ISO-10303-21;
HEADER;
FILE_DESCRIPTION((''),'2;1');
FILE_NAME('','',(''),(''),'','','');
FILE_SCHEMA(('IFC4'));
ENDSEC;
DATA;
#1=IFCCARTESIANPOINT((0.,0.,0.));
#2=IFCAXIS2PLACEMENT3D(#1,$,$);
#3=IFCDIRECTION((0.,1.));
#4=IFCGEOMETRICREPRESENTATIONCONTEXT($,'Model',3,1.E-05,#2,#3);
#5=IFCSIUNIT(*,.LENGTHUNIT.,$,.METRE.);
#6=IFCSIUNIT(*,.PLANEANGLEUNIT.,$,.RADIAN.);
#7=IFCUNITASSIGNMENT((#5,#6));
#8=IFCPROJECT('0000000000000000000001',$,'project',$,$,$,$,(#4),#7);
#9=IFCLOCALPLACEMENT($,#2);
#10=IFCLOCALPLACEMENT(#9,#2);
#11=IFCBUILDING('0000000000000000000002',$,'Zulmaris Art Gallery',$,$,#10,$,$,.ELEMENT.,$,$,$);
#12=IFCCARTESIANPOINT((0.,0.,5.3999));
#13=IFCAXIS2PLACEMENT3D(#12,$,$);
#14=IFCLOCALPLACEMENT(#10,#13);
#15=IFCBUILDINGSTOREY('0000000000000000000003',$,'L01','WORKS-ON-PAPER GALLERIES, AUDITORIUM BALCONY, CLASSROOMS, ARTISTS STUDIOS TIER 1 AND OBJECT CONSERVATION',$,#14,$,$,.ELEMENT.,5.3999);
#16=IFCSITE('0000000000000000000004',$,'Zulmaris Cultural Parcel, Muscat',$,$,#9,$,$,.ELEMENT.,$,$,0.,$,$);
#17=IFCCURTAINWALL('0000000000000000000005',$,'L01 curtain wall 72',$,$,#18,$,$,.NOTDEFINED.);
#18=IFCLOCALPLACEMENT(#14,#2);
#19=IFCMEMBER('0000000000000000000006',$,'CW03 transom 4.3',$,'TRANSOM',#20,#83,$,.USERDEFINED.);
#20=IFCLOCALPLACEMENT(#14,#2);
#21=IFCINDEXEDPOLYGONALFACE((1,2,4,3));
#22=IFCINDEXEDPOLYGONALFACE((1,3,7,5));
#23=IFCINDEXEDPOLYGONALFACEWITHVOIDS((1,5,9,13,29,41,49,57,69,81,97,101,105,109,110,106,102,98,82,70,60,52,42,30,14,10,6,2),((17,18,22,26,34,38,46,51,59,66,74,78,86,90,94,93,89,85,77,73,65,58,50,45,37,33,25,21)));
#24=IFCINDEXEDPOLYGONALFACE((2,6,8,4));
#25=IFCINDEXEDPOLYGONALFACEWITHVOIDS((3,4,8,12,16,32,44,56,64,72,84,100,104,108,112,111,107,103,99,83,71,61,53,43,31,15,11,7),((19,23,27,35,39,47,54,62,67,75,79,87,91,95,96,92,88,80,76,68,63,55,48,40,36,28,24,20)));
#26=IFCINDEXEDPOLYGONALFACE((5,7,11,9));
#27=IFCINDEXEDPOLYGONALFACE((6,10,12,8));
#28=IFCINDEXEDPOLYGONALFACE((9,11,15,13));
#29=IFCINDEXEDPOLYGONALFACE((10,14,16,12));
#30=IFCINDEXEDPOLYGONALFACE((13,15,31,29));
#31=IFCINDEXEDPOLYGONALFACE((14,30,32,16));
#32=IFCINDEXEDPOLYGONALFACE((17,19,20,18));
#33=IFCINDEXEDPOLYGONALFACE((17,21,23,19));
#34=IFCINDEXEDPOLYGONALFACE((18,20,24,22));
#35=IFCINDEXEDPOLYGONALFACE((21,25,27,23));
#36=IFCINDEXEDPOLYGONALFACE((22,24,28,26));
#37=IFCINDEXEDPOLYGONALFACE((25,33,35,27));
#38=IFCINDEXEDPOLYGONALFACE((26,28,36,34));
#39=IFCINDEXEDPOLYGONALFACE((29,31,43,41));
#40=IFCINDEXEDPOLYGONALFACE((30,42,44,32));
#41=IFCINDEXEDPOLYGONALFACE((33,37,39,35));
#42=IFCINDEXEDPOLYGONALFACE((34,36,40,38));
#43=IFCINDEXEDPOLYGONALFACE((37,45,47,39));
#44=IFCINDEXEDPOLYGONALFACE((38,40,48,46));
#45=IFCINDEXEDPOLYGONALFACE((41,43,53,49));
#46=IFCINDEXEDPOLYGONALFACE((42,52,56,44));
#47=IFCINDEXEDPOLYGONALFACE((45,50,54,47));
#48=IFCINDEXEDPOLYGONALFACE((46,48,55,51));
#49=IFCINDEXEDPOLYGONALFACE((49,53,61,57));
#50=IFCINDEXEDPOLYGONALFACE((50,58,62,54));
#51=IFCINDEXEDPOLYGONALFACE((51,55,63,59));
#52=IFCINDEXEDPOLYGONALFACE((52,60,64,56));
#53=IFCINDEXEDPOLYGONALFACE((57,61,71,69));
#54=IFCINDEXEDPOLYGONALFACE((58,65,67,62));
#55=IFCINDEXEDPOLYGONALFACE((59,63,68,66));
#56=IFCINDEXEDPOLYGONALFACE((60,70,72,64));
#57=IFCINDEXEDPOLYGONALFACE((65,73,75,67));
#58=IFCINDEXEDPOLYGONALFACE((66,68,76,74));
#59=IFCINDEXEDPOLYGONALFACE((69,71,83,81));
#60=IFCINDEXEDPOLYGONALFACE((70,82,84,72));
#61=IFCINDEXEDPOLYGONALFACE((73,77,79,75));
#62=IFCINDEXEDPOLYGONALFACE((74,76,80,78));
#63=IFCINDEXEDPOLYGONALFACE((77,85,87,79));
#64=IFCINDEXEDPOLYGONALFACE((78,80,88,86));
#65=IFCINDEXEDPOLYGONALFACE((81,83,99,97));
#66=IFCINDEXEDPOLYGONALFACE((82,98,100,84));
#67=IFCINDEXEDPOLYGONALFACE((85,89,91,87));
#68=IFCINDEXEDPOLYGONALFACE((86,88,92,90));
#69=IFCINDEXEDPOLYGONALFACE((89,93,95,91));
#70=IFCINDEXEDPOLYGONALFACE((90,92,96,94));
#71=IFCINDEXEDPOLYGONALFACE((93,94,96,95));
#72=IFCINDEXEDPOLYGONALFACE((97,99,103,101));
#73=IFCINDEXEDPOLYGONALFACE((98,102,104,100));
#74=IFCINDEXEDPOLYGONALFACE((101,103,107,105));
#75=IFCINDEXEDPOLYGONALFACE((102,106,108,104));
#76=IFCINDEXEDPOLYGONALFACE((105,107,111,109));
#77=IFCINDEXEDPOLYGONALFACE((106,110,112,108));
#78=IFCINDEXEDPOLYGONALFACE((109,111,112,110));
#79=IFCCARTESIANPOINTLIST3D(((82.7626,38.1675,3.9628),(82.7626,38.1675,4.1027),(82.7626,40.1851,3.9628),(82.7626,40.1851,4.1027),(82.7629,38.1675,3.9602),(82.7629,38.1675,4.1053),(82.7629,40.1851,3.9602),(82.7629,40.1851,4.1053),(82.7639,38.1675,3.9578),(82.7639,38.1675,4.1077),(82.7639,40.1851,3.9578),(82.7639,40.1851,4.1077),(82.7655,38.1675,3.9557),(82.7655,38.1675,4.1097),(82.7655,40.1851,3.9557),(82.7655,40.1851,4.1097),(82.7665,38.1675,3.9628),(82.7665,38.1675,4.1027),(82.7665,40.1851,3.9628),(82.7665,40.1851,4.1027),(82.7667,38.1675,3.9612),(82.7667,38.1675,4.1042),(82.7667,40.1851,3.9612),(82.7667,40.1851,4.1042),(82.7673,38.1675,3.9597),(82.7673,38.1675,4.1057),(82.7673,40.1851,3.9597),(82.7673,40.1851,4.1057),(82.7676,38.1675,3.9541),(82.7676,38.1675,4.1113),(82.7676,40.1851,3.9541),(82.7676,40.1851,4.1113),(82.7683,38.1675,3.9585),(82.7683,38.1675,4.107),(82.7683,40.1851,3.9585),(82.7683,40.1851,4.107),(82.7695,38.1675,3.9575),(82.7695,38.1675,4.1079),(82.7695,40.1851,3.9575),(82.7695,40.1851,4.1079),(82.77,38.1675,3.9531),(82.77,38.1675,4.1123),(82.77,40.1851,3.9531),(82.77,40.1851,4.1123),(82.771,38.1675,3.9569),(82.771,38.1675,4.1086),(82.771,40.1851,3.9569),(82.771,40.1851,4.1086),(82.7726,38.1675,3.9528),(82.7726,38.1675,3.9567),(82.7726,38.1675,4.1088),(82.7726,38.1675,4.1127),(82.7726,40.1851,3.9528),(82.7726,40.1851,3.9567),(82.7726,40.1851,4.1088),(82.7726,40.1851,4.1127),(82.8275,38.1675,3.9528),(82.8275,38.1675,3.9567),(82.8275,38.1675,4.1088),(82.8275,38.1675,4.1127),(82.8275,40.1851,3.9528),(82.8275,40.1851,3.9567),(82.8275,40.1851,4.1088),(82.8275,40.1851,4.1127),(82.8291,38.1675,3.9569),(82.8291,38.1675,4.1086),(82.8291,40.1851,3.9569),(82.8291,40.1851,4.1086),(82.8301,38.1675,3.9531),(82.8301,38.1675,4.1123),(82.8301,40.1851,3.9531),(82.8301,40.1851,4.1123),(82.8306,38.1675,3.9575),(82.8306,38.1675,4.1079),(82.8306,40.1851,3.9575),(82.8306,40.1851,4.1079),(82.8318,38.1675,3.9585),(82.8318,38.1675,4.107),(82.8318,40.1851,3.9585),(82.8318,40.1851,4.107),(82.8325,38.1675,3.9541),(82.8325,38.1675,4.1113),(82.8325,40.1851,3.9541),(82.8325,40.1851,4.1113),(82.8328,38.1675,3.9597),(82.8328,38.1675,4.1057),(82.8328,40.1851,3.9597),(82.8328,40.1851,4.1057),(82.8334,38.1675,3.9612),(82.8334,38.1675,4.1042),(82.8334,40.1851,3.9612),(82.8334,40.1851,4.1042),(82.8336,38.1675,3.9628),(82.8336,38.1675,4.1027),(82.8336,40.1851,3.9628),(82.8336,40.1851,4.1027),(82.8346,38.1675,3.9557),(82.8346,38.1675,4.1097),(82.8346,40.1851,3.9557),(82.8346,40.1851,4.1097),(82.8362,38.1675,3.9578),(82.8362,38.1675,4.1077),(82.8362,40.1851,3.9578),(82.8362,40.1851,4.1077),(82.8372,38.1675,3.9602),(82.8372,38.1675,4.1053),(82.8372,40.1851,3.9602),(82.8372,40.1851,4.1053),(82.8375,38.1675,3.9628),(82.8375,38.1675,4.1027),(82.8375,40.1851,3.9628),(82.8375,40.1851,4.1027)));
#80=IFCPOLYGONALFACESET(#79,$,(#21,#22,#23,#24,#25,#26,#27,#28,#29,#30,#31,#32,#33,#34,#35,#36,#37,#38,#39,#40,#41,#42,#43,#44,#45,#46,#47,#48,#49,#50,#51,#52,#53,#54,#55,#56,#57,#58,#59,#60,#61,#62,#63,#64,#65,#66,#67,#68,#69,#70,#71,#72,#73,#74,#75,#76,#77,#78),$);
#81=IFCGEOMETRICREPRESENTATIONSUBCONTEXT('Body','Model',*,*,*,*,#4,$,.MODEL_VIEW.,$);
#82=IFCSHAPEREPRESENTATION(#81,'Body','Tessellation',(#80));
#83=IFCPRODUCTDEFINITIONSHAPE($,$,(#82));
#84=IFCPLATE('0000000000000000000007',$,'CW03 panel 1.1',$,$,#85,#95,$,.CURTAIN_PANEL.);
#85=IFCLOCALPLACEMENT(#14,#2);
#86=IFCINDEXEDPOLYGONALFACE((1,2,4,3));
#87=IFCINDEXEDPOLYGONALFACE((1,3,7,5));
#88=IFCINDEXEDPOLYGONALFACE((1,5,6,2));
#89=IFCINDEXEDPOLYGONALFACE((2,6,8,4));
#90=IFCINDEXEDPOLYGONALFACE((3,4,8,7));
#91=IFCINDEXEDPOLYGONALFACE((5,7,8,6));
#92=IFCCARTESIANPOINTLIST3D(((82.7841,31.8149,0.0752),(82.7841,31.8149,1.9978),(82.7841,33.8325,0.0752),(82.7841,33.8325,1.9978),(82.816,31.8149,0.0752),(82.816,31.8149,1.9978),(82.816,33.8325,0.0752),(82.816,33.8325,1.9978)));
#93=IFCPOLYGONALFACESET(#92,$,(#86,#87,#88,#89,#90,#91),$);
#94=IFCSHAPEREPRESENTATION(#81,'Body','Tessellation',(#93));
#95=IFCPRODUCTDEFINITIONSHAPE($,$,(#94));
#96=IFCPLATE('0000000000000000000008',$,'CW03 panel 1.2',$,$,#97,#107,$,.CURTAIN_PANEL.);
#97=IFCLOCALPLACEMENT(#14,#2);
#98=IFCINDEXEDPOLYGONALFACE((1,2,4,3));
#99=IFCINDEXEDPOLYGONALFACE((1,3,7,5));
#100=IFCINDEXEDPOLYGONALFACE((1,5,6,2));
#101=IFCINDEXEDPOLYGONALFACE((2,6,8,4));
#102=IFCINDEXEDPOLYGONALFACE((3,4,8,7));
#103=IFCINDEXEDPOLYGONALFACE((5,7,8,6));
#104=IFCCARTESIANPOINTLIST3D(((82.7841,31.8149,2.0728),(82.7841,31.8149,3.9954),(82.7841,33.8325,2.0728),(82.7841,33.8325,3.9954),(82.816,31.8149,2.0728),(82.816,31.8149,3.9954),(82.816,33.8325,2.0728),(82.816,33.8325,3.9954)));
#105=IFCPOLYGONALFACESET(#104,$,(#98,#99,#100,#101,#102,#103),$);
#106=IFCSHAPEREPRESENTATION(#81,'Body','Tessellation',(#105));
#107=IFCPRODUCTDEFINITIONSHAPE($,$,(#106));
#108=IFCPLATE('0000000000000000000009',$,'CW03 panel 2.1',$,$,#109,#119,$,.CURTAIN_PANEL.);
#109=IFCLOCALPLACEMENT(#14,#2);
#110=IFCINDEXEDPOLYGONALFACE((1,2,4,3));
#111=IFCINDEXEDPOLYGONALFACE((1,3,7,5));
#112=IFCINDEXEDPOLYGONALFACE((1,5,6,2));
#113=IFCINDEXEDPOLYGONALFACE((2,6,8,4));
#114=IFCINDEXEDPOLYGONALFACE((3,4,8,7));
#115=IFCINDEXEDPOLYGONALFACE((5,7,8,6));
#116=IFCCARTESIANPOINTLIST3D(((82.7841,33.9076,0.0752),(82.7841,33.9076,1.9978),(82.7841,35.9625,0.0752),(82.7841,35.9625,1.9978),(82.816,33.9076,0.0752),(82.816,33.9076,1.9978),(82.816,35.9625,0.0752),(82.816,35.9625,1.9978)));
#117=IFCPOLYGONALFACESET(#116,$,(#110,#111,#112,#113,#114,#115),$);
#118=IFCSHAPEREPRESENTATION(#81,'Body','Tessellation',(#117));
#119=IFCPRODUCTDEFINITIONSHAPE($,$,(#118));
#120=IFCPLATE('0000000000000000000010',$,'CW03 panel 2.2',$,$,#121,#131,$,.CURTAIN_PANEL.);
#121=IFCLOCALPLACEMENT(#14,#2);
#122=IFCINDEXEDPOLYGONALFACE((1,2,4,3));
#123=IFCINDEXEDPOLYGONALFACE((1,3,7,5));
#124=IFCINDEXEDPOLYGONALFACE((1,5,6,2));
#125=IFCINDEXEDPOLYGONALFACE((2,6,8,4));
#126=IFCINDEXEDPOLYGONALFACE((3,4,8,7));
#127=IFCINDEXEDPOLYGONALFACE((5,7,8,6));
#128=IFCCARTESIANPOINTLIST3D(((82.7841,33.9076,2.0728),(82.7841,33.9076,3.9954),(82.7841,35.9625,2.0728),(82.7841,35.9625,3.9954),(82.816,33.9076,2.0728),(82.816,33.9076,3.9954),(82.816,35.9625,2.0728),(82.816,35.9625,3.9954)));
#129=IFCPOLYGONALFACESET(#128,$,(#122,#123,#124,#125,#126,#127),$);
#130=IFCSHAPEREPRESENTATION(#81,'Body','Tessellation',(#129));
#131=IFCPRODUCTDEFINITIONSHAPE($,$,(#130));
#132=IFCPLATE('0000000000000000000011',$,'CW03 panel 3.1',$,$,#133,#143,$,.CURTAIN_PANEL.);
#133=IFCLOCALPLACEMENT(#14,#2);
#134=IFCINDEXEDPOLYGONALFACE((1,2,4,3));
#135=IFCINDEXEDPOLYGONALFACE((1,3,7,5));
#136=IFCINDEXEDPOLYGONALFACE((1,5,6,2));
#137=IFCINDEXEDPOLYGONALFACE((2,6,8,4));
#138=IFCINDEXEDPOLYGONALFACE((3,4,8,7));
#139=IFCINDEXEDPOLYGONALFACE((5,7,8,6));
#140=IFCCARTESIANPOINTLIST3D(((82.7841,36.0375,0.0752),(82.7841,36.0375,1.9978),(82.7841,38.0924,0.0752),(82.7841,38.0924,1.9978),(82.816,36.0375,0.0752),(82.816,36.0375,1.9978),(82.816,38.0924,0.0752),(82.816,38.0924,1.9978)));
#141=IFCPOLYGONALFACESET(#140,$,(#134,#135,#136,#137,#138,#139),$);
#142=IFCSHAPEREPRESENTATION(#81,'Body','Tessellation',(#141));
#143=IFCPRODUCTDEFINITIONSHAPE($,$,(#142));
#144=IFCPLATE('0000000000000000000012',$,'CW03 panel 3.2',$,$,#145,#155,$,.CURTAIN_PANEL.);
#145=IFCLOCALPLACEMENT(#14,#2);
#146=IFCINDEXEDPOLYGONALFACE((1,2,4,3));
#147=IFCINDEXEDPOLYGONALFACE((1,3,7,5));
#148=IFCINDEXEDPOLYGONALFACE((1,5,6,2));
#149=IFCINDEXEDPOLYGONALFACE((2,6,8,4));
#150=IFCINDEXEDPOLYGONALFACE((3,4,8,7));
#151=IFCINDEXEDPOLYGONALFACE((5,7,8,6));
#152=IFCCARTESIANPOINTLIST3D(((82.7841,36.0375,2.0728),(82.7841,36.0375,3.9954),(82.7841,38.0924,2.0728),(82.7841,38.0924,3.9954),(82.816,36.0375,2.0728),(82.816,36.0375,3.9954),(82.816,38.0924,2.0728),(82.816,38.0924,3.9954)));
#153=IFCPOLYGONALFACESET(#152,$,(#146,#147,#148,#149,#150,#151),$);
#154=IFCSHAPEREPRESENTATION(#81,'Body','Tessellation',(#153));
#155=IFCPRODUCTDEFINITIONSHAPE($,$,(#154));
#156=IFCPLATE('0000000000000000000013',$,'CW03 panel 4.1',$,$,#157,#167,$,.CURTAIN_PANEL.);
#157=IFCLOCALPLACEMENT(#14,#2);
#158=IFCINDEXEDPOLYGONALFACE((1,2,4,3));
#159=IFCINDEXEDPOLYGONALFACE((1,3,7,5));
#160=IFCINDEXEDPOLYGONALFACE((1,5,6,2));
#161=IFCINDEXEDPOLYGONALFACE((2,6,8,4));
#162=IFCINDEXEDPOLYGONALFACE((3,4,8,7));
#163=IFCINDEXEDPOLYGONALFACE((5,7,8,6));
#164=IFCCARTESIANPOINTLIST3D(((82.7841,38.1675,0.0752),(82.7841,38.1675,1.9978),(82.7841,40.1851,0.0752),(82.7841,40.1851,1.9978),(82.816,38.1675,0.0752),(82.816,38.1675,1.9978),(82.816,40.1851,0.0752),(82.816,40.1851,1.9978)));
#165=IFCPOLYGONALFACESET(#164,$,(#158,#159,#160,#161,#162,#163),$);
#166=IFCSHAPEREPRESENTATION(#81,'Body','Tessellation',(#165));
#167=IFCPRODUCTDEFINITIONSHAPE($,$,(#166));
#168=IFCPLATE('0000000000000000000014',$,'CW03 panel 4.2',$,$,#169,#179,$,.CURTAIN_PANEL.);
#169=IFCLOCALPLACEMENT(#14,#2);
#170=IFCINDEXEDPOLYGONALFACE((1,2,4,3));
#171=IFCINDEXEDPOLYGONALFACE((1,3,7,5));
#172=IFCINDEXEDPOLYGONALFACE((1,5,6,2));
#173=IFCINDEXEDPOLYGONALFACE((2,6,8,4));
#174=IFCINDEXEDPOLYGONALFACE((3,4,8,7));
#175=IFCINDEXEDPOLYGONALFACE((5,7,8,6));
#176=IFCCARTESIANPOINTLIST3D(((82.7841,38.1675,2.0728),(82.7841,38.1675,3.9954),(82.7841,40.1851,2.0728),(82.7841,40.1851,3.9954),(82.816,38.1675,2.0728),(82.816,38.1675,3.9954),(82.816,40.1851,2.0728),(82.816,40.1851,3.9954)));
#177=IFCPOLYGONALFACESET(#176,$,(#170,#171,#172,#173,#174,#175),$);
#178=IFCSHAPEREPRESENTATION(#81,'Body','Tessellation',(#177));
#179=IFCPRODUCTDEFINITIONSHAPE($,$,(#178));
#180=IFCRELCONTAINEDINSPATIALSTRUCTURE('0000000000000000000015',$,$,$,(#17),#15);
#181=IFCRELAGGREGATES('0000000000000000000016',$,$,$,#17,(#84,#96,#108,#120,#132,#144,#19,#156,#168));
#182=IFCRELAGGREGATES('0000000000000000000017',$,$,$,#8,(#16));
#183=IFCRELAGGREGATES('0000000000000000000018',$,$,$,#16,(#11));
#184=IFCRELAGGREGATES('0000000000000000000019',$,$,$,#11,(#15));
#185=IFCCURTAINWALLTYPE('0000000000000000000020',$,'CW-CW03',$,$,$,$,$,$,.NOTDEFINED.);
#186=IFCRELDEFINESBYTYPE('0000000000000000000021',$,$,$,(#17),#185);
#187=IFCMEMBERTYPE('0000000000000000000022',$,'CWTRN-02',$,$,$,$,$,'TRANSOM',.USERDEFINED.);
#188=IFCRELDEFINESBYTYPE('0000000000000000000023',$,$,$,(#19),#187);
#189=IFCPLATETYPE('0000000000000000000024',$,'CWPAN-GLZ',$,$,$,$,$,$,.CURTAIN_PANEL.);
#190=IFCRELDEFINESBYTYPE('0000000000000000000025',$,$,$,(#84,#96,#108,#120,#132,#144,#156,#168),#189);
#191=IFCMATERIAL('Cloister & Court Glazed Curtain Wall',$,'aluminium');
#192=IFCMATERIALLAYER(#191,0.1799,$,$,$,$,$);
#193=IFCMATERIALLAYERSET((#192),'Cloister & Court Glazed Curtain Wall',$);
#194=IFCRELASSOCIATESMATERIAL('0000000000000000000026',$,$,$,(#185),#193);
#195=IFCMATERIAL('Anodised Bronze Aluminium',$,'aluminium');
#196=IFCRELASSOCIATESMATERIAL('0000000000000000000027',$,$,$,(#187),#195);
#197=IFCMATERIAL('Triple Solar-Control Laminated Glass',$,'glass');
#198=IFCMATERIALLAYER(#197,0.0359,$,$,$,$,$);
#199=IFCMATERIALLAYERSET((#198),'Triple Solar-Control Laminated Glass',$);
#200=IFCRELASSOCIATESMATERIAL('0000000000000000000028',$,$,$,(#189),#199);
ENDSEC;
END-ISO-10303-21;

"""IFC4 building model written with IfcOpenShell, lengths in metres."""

from ifc_helpers import new_model, si_unit, direction, frame, origin, origin_2d, place, context, subcontext, project, spatial, rectangle, hollow_rectangle, extrude, material, layer, layer_set, material_profile, profile_set, type_object, element, aggregate, save


model = new_model("IFC4")

# Units and contexts
model_context = context("Model", 3, precision=1e-05, world=origin(), true_north=direction((0.0, 1.0)))
body_context = subcontext(model_context, "Body", "Model", "MODEL_VIEW")
ifc_project = project(units=[si_unit("LENGTHUNIT", "METRE"), si_unit("PLANEANGLEUNIT", "RADIAN")], contexts=[model_context])

# Site, building, storey
site_placement = place(None, origin())
site = spatial("IfcSite", under=ifc_project, at=site_placement, Name="Zulmaris Cultural Parcel, Muscat", CompositionType="ELEMENT", RefElevation=0.0)
building_placement = place(site_placement, origin())
building = spatial("IfcBuilding", under=site, at=building_placement, Name="Zulmaris Art Gallery", CompositionType="ELEMENT")
storey_placement = place(building_placement, frame((0.0, 0.0, 5.3999)))
storey = spatial("IfcBuildingStorey", under=building, at=storey_placement, Name="L01", Description="WORKS-ON-PAPER GALLERIES, AUDITORIUM BALCONY, CLASSROOMS, ARTISTS STUDIOS TIER 1 AND OBJECT CONSERVATION", CompositionType="ELEMENT", Elevation=5.3999)

# Curtain wall, member, plates
ifc_material_1 = material(Name="Cloister & Court Glazed Curtain Wall", Category="aluminium")
ifc_layer_1 = layer(ifc_material_1, 0.1799)
ifc_layer_set_1 = layer_set([ifc_layer_1], Name="Cloister & Court Glazed Curtain Wall")
curtain_wall_type = type_object("IfcCurtainWallType", Name="CW-CW03", PredefinedType="NOTDEFINED", material=ifc_layer_set_1)
curtain_wall_placement = place(storey_placement, origin())
curtain_wall = element("IfcCurtainWall", 1, at=curtain_wall_placement, inside=storey, type_object=curtain_wall_type, Name="L01 curtain wall 72", PredefinedType="NOTDEFINED")
ifc_material_2 = material(Name="Anodised Bronze Aluminium", Category="aluminium")
ifc_material_profile_1 = material_profile(ifc_material_2, hollow_rectangle(XDim=0.075, YDim=0.1599, WallThickness=0.0039, InnerFilletRadius=0.0061, OuterFilletRadius=0.01, at=origin_2d()), Name="ALU 75x160x4")
ifc_profile_set_1 = profile_set([ifc_material_profile_1], Name="Anodised Bronze Aluminium")
member_type_1 = type_object("IfcMemberType", Name="CWTRN-02", ElementType="TRANSOM", PredefinedType="USERDEFINED", material=ifc_profile_set_1)
member_1_placement = place(storey_placement, frame((82.8, 38.1675, 4.0327), z_axis=(0.0, 1.0, 0.0), x_axis=(-1.0, 0.0, 0.0)))
member_1 = element("IfcMember", 2, at=member_1_placement, type_object=member_type_1, Name="CW03 transom 4.3", ObjectType="TRANSOM", PredefinedType="USERDEFINED", context=body_context, shape_type="SweptSolid", body=[
    extrude(hollow_rectangle(XDim=0.075, YDim=0.1599, WallThickness=0.0039, InnerFilletRadius=0.0061, OuterFilletRadius=0.01, at=origin_2d()), origin(), (0.0, 0.0, 1.0), 2.0176),
])
ifc_material_3 = material(Name="Triple Solar-Control Laminated Glass", Category="glass")
ifc_layer_2 = layer(ifc_material_3, 0.0359)
ifc_layer_set_2 = layer_set([ifc_layer_2], Name="Triple Solar-Control Laminated Glass")
plate_type = type_object("IfcPlateType", Name="CWPAN-GLZ", PredefinedType="CURTAIN_PANEL", material=ifc_layer_set_2)
plate_1_placement = place(storey_placement, frame((82.8, 32.8237, 0.0752), z_axis=(0.0, 0.0, 1.0), x_axis=(0.0, 1.0, 0.0)))
plate_1 = element("IfcPlate", 3, at=plate_1_placement, type_object=plate_type, Name="CW03 panel 1.1", PredefinedType="CURTAIN_PANEL", context=body_context, shape_type="SweptSolid", body=[
    extrude(rectangle(XDim=2.0176, YDim=0.032, at=origin_2d()), origin(), (0.0, 0.0, 1.0), 1.9226),
])
plate_2_placement = place(storey_placement, frame((82.8, 32.8237, 2.0728), z_axis=(0.0, 0.0, 1.0), x_axis=(0.0, 1.0, 0.0)))
plate_2 = element("IfcPlate", 4, at=plate_2_placement, type_object=plate_type, Name="CW03 panel 1.2", PredefinedType="CURTAIN_PANEL", context=body_context, shape_type="SweptSolid", body=[
    extrude(rectangle(XDim=2.0176, YDim=0.032, at=origin_2d()), origin(), (0.0, 0.0, 1.0), 1.9226),
])
plate_3_placement = place(storey_placement, frame((82.8, 34.9351, 0.0752), z_axis=(0.0, 0.0, 1.0), x_axis=(0.0, 1.0, 0.0)))
plate_3 = element("IfcPlate", 5, at=plate_3_placement, type_object=plate_type, Name="CW03 panel 2.1", PredefinedType="CURTAIN_PANEL", context=body_context, shape_type="SweptSolid", body=[
    extrude(rectangle(XDim=2.0549, YDim=0.032, at=origin_2d()), origin(), (0.0, 0.0, 1.0), 1.9226),
])
plate_4_placement = place(storey_placement, frame((82.8, 34.9351, 2.0728), z_axis=(0.0, 0.0, 1.0), x_axis=(0.0, 1.0, 0.0)))
plate_4 = element("IfcPlate", 6, at=plate_4_placement, type_object=plate_type, Name="CW03 panel 2.2", PredefinedType="CURTAIN_PANEL", context=body_context, shape_type="SweptSolid", body=[
    extrude(rectangle(XDim=2.0549, YDim=0.032, at=origin_2d()), origin(), (0.0, 0.0, 1.0), 1.9226),
])
plate_5_placement = place(storey_placement, frame((82.8, 37.0649, 0.0752), z_axis=(0.0, 0.0, 1.0), x_axis=(0.0, 1.0, 0.0)))
plate_5 = element("IfcPlate", 7, at=plate_5_placement, type_object=plate_type, Name="CW03 panel 3.1", PredefinedType="CURTAIN_PANEL", context=body_context, shape_type="SweptSolid", body=[
    extrude(rectangle(XDim=2.0549, YDim=0.032, at=origin_2d()), origin(), (0.0, 0.0, 1.0), 1.9226),
])
plate_6_placement = place(storey_placement, frame((82.8, 37.0649, 2.0728), z_axis=(0.0, 0.0, 1.0), x_axis=(0.0, 1.0, 0.0)))
plate_6 = element("IfcPlate", 8, at=plate_6_placement, type_object=plate_type, Name="CW03 panel 3.2", PredefinedType="CURTAIN_PANEL", context=body_context, shape_type="SweptSolid", body=[
    extrude(rectangle(XDim=2.0549, YDim=0.032, at=origin_2d()), origin(), (0.0, 0.0, 1.0), 1.9226),
])
plate_7_placement = place(storey_placement, frame((82.8, 39.1763, 0.0752), z_axis=(0.0, 0.0, 1.0), x_axis=(0.0, 1.0, 0.0)))
plate_7 = element("IfcPlate", 9, at=plate_7_placement, type_object=plate_type, Name="CW03 panel 4.1", PredefinedType="CURTAIN_PANEL", context=body_context, shape_type="SweptSolid", body=[
    extrude(rectangle(XDim=2.0176, YDim=0.032, at=origin_2d()), origin(), (0.0, 0.0, 1.0), 1.9226),
])
plate_8_placement = place(storey_placement, frame((82.8, 39.1763, 2.0728), z_axis=(0.0, 0.0, 1.0), x_axis=(0.0, 1.0, 0.0)))
plate_8 = element("IfcPlate", 10, at=plate_8_placement, type_object=plate_type, Name="CW03 panel 4.2", PredefinedType="CURTAIN_PANEL", context=body_context, shape_type="SweptSolid", body=[
    extrude(rectangle(XDim=2.0176, YDim=0.032, at=origin_2d()), origin(), (0.0, 0.0, 1.0), 1.9226),
])
aggregate(curtain_wall, [plate_1, plate_2, plate_3, plate_4, plate_5, plate_6, member_1, plate_7, plate_8])

save(model, "model.ifc")
